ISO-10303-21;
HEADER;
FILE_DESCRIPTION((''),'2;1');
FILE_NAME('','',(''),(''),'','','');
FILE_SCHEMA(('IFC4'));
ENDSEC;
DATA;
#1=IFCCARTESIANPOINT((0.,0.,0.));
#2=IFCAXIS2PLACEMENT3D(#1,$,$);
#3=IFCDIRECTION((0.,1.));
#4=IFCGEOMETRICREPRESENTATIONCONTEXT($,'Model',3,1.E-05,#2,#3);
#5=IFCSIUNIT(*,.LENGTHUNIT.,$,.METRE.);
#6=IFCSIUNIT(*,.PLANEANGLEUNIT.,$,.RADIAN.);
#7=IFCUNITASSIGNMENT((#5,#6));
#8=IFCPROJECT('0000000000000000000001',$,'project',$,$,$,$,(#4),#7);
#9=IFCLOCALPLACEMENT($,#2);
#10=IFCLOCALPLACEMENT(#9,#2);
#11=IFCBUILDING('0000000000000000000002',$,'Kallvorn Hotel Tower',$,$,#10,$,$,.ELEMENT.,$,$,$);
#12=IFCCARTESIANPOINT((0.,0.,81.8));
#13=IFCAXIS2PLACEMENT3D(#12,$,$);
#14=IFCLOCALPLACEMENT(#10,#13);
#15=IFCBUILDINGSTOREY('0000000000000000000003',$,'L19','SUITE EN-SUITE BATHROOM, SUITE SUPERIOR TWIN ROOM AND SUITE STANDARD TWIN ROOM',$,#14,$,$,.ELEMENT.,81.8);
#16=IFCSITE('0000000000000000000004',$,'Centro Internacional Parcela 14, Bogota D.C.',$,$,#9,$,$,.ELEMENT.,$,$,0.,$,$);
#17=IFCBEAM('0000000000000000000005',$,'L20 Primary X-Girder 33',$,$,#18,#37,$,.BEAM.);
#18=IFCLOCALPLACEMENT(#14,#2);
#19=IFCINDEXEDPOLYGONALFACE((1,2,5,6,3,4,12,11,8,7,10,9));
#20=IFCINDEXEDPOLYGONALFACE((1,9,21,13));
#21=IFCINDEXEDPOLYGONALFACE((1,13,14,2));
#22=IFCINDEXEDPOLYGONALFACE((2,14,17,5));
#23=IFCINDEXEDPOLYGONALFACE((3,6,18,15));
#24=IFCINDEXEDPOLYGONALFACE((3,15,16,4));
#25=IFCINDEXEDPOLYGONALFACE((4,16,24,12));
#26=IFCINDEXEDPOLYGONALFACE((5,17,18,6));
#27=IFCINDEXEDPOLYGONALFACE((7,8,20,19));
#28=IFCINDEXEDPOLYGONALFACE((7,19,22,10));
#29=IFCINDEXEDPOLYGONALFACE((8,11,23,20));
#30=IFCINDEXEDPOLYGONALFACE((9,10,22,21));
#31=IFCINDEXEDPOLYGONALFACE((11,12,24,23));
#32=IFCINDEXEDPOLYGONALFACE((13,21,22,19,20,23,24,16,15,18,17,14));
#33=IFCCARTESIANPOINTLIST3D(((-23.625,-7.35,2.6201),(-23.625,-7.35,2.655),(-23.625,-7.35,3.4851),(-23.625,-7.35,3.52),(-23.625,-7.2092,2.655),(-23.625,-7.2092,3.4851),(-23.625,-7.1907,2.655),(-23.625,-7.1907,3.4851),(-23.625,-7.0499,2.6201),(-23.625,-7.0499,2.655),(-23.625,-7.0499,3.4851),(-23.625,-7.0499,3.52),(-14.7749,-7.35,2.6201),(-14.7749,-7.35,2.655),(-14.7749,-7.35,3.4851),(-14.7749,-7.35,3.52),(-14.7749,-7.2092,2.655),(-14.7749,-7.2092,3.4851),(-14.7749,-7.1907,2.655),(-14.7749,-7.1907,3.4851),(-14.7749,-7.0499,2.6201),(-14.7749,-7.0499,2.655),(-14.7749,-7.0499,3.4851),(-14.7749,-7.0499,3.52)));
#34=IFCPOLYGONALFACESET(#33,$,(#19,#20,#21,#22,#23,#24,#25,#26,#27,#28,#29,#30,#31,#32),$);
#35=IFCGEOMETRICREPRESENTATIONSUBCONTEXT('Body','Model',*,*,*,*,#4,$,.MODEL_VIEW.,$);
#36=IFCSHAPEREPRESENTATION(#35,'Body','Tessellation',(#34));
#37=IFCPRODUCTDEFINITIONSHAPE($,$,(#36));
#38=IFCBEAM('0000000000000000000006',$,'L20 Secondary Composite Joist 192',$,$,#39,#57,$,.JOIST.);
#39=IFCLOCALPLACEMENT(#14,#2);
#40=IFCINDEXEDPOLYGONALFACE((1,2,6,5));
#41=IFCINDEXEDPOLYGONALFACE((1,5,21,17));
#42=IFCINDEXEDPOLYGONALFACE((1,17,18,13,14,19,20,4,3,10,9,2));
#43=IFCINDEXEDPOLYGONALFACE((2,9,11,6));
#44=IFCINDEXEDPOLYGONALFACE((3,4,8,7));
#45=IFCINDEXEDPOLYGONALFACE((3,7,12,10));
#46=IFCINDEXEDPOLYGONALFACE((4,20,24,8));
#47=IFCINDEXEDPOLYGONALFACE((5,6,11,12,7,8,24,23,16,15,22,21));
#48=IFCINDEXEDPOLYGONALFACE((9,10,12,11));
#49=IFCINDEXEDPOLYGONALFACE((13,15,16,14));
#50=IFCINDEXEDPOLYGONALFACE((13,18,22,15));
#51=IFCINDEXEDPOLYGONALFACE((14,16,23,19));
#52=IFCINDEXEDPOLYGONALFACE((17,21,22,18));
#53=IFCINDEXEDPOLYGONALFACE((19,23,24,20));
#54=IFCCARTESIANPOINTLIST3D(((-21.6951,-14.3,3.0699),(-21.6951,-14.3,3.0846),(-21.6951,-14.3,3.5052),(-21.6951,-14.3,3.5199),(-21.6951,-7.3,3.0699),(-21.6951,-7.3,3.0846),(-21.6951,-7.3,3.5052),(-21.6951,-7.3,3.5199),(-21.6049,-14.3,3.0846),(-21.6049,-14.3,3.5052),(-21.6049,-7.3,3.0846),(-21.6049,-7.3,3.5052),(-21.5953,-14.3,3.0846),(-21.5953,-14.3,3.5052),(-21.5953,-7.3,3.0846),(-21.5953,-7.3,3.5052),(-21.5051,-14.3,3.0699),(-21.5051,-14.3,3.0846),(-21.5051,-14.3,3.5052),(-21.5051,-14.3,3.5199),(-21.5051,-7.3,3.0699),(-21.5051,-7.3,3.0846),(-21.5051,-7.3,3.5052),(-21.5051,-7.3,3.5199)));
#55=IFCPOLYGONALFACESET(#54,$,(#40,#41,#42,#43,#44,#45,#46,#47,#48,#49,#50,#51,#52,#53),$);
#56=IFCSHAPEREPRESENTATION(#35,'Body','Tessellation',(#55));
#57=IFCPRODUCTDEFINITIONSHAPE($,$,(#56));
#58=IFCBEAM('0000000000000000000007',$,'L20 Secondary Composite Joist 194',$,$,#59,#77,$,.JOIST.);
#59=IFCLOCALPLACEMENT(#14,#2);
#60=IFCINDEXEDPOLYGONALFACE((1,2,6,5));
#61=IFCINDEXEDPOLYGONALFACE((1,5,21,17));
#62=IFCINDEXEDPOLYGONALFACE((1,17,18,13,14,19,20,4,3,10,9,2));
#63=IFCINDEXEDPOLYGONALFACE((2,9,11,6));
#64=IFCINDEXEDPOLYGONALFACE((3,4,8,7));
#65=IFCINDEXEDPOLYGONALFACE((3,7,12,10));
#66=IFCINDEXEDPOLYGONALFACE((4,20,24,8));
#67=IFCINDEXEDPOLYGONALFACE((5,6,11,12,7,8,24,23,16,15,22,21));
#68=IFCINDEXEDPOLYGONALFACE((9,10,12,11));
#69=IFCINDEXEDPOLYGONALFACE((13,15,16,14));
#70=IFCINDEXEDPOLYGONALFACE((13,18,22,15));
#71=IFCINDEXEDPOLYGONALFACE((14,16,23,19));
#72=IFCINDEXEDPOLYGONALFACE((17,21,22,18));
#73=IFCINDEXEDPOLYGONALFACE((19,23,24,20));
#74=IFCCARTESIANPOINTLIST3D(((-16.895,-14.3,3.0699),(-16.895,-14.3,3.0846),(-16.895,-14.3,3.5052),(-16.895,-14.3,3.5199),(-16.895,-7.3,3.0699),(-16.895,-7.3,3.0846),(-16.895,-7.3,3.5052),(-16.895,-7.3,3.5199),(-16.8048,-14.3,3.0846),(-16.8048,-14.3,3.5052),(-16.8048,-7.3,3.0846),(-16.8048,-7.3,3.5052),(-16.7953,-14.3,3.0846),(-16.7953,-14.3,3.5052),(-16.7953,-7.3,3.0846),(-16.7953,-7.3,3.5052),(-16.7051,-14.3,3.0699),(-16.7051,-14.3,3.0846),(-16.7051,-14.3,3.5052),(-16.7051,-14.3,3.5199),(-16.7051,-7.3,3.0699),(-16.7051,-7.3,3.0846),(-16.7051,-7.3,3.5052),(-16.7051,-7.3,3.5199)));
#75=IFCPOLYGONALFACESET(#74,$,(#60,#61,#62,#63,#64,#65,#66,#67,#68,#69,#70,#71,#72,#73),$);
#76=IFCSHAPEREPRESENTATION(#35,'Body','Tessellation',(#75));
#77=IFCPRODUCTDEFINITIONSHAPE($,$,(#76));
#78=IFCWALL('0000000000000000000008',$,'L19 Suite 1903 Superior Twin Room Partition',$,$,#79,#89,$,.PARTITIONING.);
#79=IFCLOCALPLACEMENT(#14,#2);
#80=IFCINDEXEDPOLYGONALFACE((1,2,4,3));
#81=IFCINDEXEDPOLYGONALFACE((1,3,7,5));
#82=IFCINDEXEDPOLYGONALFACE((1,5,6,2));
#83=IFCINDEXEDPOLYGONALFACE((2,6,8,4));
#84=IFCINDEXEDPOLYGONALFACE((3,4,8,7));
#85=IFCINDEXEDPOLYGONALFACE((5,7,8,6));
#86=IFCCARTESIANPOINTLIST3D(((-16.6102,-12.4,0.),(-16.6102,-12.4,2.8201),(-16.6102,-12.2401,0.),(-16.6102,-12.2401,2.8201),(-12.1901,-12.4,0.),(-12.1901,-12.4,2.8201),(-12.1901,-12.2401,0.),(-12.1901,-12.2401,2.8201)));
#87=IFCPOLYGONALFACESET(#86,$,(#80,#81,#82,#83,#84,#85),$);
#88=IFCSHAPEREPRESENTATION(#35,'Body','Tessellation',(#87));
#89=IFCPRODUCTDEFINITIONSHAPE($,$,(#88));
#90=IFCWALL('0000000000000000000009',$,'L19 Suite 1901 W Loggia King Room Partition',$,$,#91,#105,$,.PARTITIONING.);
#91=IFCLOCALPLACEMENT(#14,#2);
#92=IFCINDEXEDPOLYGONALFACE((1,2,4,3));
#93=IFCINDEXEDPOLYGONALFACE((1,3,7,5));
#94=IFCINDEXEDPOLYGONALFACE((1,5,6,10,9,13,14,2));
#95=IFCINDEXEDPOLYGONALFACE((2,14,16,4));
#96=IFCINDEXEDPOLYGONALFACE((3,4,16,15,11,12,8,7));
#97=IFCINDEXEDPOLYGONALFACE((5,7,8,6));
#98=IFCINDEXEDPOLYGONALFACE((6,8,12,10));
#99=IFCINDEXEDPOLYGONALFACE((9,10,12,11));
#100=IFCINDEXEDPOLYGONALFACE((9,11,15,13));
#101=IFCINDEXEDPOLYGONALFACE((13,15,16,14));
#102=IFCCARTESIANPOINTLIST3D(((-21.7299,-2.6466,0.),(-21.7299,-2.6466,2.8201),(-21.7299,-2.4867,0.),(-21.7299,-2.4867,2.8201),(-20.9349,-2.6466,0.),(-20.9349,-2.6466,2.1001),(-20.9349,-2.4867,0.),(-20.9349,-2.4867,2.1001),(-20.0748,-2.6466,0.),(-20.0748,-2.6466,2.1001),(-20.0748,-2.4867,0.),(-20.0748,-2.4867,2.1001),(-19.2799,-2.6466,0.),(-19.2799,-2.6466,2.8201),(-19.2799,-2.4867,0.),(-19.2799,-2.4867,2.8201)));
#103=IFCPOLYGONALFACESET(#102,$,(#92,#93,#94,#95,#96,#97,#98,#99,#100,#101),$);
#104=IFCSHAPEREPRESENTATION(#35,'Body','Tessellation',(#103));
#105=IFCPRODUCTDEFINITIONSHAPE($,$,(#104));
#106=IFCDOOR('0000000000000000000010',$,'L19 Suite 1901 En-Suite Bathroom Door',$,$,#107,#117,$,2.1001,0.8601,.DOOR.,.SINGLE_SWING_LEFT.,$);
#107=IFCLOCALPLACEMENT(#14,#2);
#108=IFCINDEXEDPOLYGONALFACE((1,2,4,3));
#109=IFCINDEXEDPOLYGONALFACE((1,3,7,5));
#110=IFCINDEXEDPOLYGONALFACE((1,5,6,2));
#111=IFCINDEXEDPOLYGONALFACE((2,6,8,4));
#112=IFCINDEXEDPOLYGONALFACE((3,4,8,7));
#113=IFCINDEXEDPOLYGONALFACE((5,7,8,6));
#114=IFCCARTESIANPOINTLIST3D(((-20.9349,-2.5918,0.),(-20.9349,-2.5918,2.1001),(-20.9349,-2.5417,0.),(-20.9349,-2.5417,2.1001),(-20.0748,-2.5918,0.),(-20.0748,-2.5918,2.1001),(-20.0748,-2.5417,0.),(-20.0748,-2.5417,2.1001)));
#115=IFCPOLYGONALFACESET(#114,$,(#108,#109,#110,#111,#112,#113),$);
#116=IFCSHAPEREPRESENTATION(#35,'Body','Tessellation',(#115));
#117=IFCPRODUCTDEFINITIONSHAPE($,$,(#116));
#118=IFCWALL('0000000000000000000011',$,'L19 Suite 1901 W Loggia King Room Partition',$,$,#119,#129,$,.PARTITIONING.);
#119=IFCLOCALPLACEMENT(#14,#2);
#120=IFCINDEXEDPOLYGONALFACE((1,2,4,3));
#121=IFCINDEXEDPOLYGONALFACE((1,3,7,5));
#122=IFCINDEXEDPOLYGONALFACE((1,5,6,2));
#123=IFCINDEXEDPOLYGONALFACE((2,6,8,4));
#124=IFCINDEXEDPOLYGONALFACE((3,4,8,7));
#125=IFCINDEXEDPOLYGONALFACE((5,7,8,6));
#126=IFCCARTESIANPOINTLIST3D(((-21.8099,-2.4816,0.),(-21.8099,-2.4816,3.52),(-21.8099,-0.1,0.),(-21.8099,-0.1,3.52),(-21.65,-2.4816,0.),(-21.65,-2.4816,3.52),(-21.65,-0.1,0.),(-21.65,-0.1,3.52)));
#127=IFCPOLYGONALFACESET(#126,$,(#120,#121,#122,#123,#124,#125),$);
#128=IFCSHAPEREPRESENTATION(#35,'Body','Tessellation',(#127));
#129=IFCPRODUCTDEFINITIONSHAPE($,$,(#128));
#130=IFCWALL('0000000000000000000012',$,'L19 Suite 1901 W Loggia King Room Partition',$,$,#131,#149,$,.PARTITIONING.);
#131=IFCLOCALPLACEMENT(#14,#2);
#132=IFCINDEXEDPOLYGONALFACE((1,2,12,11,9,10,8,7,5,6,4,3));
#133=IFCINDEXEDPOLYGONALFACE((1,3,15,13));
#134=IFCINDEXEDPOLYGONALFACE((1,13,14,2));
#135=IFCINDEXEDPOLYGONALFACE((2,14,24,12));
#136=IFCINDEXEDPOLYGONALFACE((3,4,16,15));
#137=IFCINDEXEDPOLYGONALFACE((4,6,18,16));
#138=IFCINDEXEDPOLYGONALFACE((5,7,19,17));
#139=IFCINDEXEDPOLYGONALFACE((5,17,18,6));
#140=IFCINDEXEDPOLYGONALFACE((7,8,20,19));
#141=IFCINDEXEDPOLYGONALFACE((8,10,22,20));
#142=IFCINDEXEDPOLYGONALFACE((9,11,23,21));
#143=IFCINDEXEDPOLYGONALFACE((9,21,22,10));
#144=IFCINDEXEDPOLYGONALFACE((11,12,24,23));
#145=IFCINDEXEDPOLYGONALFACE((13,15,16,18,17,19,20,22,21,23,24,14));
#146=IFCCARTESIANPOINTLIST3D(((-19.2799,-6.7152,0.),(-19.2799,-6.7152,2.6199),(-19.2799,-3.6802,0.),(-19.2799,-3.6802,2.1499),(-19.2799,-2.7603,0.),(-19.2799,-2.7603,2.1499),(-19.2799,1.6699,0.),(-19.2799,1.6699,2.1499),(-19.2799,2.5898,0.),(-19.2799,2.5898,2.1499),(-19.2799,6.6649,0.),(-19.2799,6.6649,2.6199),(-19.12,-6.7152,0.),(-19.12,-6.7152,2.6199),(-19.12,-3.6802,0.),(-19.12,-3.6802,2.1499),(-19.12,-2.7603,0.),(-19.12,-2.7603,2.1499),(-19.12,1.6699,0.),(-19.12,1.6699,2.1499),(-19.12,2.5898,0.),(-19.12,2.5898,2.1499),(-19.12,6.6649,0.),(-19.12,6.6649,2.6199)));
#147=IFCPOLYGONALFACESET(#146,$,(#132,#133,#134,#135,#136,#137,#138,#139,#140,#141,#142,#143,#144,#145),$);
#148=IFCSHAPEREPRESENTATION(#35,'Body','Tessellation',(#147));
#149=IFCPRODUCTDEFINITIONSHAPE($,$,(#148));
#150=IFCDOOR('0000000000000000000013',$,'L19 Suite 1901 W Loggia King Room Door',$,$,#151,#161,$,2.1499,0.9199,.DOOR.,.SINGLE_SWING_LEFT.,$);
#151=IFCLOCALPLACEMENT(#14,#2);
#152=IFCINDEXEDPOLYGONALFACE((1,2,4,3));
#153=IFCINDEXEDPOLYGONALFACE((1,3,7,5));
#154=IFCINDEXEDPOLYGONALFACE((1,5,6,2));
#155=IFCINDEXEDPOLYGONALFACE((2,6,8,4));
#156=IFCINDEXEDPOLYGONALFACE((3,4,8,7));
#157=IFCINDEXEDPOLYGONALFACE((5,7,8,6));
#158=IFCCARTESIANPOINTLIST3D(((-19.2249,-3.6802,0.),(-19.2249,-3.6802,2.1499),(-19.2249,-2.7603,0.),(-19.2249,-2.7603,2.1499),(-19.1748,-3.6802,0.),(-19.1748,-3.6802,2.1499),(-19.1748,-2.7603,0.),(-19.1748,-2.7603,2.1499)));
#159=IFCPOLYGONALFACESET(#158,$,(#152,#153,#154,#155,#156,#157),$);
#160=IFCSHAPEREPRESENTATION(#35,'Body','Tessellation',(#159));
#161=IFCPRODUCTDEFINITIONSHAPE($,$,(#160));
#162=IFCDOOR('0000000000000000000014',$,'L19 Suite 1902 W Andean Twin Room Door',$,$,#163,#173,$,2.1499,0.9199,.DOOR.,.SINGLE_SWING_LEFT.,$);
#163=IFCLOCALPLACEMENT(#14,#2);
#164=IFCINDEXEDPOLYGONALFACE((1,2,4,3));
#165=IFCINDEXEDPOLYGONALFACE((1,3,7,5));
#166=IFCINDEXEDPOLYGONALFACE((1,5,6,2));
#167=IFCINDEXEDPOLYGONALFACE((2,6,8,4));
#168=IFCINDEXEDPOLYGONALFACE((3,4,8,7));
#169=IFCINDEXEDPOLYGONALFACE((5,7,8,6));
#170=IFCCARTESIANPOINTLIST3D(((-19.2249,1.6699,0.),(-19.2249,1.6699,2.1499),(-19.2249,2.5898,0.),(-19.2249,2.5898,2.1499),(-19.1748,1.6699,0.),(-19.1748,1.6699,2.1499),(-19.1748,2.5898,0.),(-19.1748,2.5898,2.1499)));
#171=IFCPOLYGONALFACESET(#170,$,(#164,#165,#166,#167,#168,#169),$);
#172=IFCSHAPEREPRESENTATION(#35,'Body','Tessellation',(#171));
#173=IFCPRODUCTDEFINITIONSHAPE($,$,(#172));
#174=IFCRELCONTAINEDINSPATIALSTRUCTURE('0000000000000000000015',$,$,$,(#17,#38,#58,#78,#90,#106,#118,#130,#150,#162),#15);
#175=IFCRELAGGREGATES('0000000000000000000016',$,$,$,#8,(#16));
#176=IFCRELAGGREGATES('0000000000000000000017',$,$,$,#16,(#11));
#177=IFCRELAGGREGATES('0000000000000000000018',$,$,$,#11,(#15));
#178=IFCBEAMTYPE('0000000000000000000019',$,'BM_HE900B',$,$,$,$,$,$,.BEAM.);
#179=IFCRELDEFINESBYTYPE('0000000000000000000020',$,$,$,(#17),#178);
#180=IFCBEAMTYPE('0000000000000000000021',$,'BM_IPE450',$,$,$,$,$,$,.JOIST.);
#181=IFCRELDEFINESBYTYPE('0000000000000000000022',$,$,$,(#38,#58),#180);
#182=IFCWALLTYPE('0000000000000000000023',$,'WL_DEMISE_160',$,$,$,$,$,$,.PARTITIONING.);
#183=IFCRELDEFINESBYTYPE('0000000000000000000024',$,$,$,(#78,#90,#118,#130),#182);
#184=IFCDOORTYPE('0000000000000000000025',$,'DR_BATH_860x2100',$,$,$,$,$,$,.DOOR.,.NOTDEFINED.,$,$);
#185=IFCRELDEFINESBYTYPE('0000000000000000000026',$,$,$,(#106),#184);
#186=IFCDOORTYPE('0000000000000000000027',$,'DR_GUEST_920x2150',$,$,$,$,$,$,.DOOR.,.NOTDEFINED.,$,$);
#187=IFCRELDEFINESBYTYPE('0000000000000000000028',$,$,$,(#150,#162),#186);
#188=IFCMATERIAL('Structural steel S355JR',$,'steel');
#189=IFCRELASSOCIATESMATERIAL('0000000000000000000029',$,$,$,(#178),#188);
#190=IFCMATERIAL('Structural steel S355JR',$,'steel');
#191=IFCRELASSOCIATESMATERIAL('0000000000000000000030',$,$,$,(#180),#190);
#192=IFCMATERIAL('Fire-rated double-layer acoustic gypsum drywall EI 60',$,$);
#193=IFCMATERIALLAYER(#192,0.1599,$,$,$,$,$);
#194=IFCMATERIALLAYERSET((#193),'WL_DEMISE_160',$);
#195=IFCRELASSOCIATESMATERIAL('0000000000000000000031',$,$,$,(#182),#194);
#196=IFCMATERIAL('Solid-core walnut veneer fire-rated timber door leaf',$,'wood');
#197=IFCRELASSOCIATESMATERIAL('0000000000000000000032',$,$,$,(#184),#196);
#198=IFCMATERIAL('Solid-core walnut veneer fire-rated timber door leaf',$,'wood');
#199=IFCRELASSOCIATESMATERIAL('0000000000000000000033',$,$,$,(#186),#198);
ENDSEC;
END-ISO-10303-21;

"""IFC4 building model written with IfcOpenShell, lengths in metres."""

from ifc_helpers import new_model, si_unit, direction, frame, frame_2d, origin, origin_2d, place, context, subcontext, project, spatial, rectangle, i_section, extrude, material, layer, layer_set, material_profile, profile_set, type_object, element, fill, save


model = new_model("IFC4")

# Units and contexts
model_context = context("Model", 3, precision=1e-05, world=origin(), true_north=direction((0.0, 1.0)))
body_context = subcontext(model_context, "Body", "Model", "MODEL_VIEW")
ifc_project = project(units=[si_unit("LENGTHUNIT", "METRE"), si_unit("PLANEANGLEUNIT", "RADIAN")], contexts=[model_context])

# Site, building, storey
site_placement = place(None, origin())
site = spatial("IfcSite", under=ifc_project, at=site_placement, Name="Centro Internacional Parcela 14, Bogota D.C.", CompositionType="ELEMENT", RefElevation=0.0)
building_placement = place(site_placement, origin())
building = spatial("IfcBuilding", under=site, at=building_placement, Name="Kallvorn Hotel Tower", CompositionType="ELEMENT")
storey_placement = place(building_placement, frame((0.0, 0.0, 81.8)))
storey = spatial("IfcBuildingStorey", under=building, at=storey_placement, Name="L19", Description="SUITE EN-SUITE BATHROOM, SUITE SUPERIOR TWIN ROOM AND SUITE STANDARD TWIN ROOM", CompositionType="ELEMENT", Elevation=81.8)

# Beams
ifc_material_1 = material(Name="Structural steel S355JR", Category="steel")
ifc_material_profile_1 = material_profile(ifc_material_1, i_section(OverallWidth=0.3, OverallDepth=0.8999, WebThickness=0.0186, FlangeThickness=0.0349, at=origin_2d()), Name="HE 900 B")
ifc_profile_set_1 = profile_set([ifc_material_profile_1], Name="Structural steel S355JR")
beam_type_1 = type_object("IfcBeamType", Name="BM_HE900B", PredefinedType="BEAM", material=ifc_profile_set_1)
beam_1_placement = place(storey_placement, frame((-23.625, -7.2, 3.0701), z_axis=(1.0, 0.0, 0.0), x_axis=(0.0, 1.0, 0.0)))
element("IfcBeam", 1, at=beam_1_placement, inside=storey, type_object=beam_type_1, Name="L20 Primary X-Girder 33", PredefinedType="BEAM", context=body_context, shape_type="SweptSolid", body=[
    extrude(i_section(OverallWidth=0.3, OverallDepth=0.8999, WebThickness=0.0186, FlangeThickness=0.0349, at=origin_2d()), origin(), (0.0, 0.0, 1.0), 8.8501),
])
ifc_material_2 = material(Name="Structural steel S355JR", Category="steel")
ifc_material_profile_2 = material_profile(ifc_material_2, i_section(OverallWidth=0.1899, OverallDepth=0.45, WebThickness=0.0095, FlangeThickness=0.0146, at=origin_2d()), Name="IPE 450")
ifc_profile_set_2 = profile_set([ifc_material_profile_2], Name="Structural steel S355JR")
beam_type_2 = type_object("IfcBeamType", Name="BM_IPE450", PredefinedType="JOIST", material=ifc_profile_set_2)
for number, where, z_axis, x_axis, name in (
    (2, (-21.6001, -14.3, 3.2949), (0.0, 1.0, 0.0), (-1.0, 0.0, 0.0), "L20 Secondary Composite Joist 192"),
    (3, (-16.8, -14.3, 3.2949), (0.0, 1.0, 0.0), (-1.0, 0.0, 0.0), "L20 Secondary Composite Joist 194"),
):
    element("IfcBeam", number, at=place(storey_placement, frame(where, z_axis=z_axis, x_axis=x_axis)), inside=storey, type_object=beam_type_2, Name=name, PredefinedType="JOIST", context=body_context, shape_type="SweptSolid", body=[
        extrude(i_section(OverallWidth=0.1899, OverallDepth=0.45, WebThickness=0.0095, FlangeThickness=0.0146, at=origin_2d()), origin(), (0.0, 0.0, 1.0), 7.0),
    ])

# Wall
ifc_material_3 = material(Name="Fire-rated double-layer acoustic gypsum drywall EI 60")
ifc_layer = layer(ifc_material_3, 0.1599)
ifc_layer_set = layer_set([ifc_layer], Name="WL_DEMISE_160")
wall_type = type_object("IfcWallType", Name="WL_DEMISE_160", PredefinedType="PARTITIONING", material=ifc_layer_set)
wall_1_placement = place(storey_placement, frame((-16.6101, -12.3201, 0.0), z_axis=(0.0, 0.0, 1.0), x_axis=(1.0, 0.0, 0.0)))
element("IfcWall", 4, at=wall_1_placement, inside=storey, type_object=wall_type, Name="L19 Suite 1903 Superior Twin Room Partition", PredefinedType="PARTITIONING", context=body_context, shape_type="SweptSolid", body=[
    extrude(rectangle(XDim=4.4202, YDim=0.1599, at=frame_2d((2.21, 0.0))), origin(), (0.0, 0.0, 1.0), 2.8201),
])

# Wall, opening, door
wall_2_placement = place(storey_placement, frame((-21.73, -2.5667, 0.0), z_axis=(0.0, 0.0, 1.0), x_axis=(1.0, 0.0, 0.0)))
wall_2 = element("IfcWall", 5, at=wall_2_placement, inside=storey, type_object=wall_type, Name="L19 Suite 1901 W Loggia King Room Partition", PredefinedType="PARTITIONING", context=body_context, shape_type="SweptSolid", body=[
    extrude(rectangle(XDim=2.45, YDim=0.1599, at=frame_2d((1.2251, 0.0))), origin(), (0.0, 0.0, 1.0), 2.8201),
])
opening_1_placement = place(wall_2_placement, frame((0.7949, 0.0, 0.0)))
opening_1 = element("IfcOpeningElement", 6, at=opening_1_placement, cuts=wall_2, PredefinedType="OPENING", context=body_context, shape_type="SweptSolid", body=[
    extrude(rectangle(XDim=0.8601, YDim=2.1001, at=frame_2d((0.4302, 1.05))), frame((0.0, 0.095, 0.0), z_axis=(0.0, -1.0, 0.0), x_axis=(1.0, 0.0, 0.0)), (0.0, 0.0, 1.0), 0.1899),
])
ifc_material_4 = material(Name="Solid-core walnut veneer fire-rated timber door leaf", Category="wood")
door_type_1 = type_object("IfcDoorType", Name="DR_BATH_860x2100", OperationType="NOTDEFINED", PredefinedType="DOOR", material=ifc_material_4)
door_1_placement = place(opening_1_placement, origin())
door_1 = element("IfcDoor", 7, at=door_1_placement, inside=storey, type_object=door_type_1, Name="L19 Suite 1901 En-Suite Bathroom Door", OperationType="SINGLE_SWING_LEFT", OverallHeight=2.1001, OverallWidth=0.8601, PredefinedType="DOOR", context=body_context, shape_type="SweptSolid", body=[
    extrude(rectangle(XDim=0.8601, YDim=2.1001, at=frame_2d((0.4302, 1.05))), frame((0.0, 0.0249, 0.0), z_axis=(0.0, -1.0, 0.0), x_axis=(1.0, 0.0, 0.0)), (0.0, 0.0, 1.0), 0.05),
])
fill(opening_1, door_1)

# Wall
wall_3_placement = place(storey_placement, frame((-21.73, -2.4817, 0.0), z_axis=(0.0, 0.0, 1.0), x_axis=(0.0, 1.0, 0.0)))
element("IfcWall", 8, at=wall_3_placement, inside=storey, type_object=wall_type, Name="L19 Suite 1901 W Loggia King Room Partition", PredefinedType="PARTITIONING", context=body_context, shape_type="SweptSolid", body=[
    extrude(rectangle(XDim=2.3816, YDim=0.1599, at=frame_2d((1.1909, 0.0))), origin(), (0.0, 0.0, 1.0), 3.52),
])

# Wall, openings, doors
wall_4_placement = place(storey_placement, frame((-19.2, -6.7151, 0.0), z_axis=(0.0, 0.0, 1.0), x_axis=(0.0, 1.0, 0.0)))
wall_4 = element("IfcWall", 9, at=wall_4_placement, inside=storey, type_object=wall_type, Name="L19 Suite 1901 W Loggia King Room Partition", PredefinedType="PARTITIONING", context=body_context, shape_type="SweptSolid", body=[
    extrude(rectangle(XDim=13.3801, YDim=0.1599, at=frame_2d((6.6899, 0.0))), origin(), (0.0, 0.0, 1.0), 2.6199),
])
opening_2_placement = place(wall_4_placement, frame((3.0349, 0.0, 0.0)))
opening_2 = element("IfcOpeningElement", 10, at=opening_2_placement, cuts=wall_4, PredefinedType="OPENING", context=body_context, shape_type="SweptSolid", body=[
    extrude(rectangle(XDim=0.9199, YDim=2.1499, at=frame_2d((0.46, 1.075))), frame((0.0, 0.095, 0.0), z_axis=(0.0, -1.0, 0.0), x_axis=(1.0, 0.0, 0.0)), (0.0, 0.0, 1.0), 0.1899),
])
opening_3_placement = place(wall_4_placement, frame((8.385, 0.0, 0.0)))
opening_3 = element("IfcOpeningElement", 11, at=opening_3_placement, cuts=wall_4, PredefinedType="OPENING", context=body_context, shape_type="SweptSolid", body=[
    extrude(rectangle(XDim=0.9199, YDim=2.1499, at=frame_2d((0.46, 1.075))), frame((0.0, 0.095, 0.0), z_axis=(0.0, -1.0, 0.0), x_axis=(1.0, 0.0, 0.0)), (0.0, 0.0, 1.0), 0.1899),
])
ifc_material_5 = material(Name="Solid-core walnut veneer fire-rated timber door leaf", Category="wood")
door_type_2 = type_object("IfcDoorType", Name="DR_GUEST_920x2150", OperationType="NOTDEFINED", PredefinedType="DOOR", material=ifc_material_5)
door_2_placement = place(opening_2_placement, origin())
door_2 = element("IfcDoor", 12, at=door_2_placement, inside=storey, type_object=door_type_2, Name="L19 Suite 1901 W Loggia King Room Door", OperationType="SINGLE_SWING_LEFT", OverallHeight=2.1499, OverallWidth=0.9199, PredefinedType="DOOR", context=body_context, shape_type="SweptSolid", body=[
    extrude(rectangle(XDim=0.9199, YDim=2.1499, at=frame_2d((0.46, 1.075))), frame((0.0, 0.0249, 0.0), z_axis=(0.0, -1.0, 0.0), x_axis=(1.0, 0.0, 0.0)), (0.0, 0.0, 1.0), 0.05),
])
fill(opening_2, door_2)
door_3_placement = place(opening_3_placement, origin())
door_3 = element("IfcDoor", 13, at=door_3_placement, inside=storey, type_object=door_type_2, Name="L19 Suite 1902 W Andean Twin Room Door", OperationType="SINGLE_SWING_LEFT", OverallHeight=2.1499, OverallWidth=0.9199, PredefinedType="DOOR", context=body_context, shape_type="SweptSolid", body=[
    extrude(rectangle(XDim=0.9199, YDim=2.1499, at=frame_2d((0.46, 1.075))), frame((0.0, 0.0249, 0.0), z_axis=(0.0, -1.0, 0.0), x_axis=(1.0, 0.0, 0.0)), (0.0, 0.0, 1.0), 0.05),
])
fill(opening_3, door_3)

save(model, "model.ifc")
